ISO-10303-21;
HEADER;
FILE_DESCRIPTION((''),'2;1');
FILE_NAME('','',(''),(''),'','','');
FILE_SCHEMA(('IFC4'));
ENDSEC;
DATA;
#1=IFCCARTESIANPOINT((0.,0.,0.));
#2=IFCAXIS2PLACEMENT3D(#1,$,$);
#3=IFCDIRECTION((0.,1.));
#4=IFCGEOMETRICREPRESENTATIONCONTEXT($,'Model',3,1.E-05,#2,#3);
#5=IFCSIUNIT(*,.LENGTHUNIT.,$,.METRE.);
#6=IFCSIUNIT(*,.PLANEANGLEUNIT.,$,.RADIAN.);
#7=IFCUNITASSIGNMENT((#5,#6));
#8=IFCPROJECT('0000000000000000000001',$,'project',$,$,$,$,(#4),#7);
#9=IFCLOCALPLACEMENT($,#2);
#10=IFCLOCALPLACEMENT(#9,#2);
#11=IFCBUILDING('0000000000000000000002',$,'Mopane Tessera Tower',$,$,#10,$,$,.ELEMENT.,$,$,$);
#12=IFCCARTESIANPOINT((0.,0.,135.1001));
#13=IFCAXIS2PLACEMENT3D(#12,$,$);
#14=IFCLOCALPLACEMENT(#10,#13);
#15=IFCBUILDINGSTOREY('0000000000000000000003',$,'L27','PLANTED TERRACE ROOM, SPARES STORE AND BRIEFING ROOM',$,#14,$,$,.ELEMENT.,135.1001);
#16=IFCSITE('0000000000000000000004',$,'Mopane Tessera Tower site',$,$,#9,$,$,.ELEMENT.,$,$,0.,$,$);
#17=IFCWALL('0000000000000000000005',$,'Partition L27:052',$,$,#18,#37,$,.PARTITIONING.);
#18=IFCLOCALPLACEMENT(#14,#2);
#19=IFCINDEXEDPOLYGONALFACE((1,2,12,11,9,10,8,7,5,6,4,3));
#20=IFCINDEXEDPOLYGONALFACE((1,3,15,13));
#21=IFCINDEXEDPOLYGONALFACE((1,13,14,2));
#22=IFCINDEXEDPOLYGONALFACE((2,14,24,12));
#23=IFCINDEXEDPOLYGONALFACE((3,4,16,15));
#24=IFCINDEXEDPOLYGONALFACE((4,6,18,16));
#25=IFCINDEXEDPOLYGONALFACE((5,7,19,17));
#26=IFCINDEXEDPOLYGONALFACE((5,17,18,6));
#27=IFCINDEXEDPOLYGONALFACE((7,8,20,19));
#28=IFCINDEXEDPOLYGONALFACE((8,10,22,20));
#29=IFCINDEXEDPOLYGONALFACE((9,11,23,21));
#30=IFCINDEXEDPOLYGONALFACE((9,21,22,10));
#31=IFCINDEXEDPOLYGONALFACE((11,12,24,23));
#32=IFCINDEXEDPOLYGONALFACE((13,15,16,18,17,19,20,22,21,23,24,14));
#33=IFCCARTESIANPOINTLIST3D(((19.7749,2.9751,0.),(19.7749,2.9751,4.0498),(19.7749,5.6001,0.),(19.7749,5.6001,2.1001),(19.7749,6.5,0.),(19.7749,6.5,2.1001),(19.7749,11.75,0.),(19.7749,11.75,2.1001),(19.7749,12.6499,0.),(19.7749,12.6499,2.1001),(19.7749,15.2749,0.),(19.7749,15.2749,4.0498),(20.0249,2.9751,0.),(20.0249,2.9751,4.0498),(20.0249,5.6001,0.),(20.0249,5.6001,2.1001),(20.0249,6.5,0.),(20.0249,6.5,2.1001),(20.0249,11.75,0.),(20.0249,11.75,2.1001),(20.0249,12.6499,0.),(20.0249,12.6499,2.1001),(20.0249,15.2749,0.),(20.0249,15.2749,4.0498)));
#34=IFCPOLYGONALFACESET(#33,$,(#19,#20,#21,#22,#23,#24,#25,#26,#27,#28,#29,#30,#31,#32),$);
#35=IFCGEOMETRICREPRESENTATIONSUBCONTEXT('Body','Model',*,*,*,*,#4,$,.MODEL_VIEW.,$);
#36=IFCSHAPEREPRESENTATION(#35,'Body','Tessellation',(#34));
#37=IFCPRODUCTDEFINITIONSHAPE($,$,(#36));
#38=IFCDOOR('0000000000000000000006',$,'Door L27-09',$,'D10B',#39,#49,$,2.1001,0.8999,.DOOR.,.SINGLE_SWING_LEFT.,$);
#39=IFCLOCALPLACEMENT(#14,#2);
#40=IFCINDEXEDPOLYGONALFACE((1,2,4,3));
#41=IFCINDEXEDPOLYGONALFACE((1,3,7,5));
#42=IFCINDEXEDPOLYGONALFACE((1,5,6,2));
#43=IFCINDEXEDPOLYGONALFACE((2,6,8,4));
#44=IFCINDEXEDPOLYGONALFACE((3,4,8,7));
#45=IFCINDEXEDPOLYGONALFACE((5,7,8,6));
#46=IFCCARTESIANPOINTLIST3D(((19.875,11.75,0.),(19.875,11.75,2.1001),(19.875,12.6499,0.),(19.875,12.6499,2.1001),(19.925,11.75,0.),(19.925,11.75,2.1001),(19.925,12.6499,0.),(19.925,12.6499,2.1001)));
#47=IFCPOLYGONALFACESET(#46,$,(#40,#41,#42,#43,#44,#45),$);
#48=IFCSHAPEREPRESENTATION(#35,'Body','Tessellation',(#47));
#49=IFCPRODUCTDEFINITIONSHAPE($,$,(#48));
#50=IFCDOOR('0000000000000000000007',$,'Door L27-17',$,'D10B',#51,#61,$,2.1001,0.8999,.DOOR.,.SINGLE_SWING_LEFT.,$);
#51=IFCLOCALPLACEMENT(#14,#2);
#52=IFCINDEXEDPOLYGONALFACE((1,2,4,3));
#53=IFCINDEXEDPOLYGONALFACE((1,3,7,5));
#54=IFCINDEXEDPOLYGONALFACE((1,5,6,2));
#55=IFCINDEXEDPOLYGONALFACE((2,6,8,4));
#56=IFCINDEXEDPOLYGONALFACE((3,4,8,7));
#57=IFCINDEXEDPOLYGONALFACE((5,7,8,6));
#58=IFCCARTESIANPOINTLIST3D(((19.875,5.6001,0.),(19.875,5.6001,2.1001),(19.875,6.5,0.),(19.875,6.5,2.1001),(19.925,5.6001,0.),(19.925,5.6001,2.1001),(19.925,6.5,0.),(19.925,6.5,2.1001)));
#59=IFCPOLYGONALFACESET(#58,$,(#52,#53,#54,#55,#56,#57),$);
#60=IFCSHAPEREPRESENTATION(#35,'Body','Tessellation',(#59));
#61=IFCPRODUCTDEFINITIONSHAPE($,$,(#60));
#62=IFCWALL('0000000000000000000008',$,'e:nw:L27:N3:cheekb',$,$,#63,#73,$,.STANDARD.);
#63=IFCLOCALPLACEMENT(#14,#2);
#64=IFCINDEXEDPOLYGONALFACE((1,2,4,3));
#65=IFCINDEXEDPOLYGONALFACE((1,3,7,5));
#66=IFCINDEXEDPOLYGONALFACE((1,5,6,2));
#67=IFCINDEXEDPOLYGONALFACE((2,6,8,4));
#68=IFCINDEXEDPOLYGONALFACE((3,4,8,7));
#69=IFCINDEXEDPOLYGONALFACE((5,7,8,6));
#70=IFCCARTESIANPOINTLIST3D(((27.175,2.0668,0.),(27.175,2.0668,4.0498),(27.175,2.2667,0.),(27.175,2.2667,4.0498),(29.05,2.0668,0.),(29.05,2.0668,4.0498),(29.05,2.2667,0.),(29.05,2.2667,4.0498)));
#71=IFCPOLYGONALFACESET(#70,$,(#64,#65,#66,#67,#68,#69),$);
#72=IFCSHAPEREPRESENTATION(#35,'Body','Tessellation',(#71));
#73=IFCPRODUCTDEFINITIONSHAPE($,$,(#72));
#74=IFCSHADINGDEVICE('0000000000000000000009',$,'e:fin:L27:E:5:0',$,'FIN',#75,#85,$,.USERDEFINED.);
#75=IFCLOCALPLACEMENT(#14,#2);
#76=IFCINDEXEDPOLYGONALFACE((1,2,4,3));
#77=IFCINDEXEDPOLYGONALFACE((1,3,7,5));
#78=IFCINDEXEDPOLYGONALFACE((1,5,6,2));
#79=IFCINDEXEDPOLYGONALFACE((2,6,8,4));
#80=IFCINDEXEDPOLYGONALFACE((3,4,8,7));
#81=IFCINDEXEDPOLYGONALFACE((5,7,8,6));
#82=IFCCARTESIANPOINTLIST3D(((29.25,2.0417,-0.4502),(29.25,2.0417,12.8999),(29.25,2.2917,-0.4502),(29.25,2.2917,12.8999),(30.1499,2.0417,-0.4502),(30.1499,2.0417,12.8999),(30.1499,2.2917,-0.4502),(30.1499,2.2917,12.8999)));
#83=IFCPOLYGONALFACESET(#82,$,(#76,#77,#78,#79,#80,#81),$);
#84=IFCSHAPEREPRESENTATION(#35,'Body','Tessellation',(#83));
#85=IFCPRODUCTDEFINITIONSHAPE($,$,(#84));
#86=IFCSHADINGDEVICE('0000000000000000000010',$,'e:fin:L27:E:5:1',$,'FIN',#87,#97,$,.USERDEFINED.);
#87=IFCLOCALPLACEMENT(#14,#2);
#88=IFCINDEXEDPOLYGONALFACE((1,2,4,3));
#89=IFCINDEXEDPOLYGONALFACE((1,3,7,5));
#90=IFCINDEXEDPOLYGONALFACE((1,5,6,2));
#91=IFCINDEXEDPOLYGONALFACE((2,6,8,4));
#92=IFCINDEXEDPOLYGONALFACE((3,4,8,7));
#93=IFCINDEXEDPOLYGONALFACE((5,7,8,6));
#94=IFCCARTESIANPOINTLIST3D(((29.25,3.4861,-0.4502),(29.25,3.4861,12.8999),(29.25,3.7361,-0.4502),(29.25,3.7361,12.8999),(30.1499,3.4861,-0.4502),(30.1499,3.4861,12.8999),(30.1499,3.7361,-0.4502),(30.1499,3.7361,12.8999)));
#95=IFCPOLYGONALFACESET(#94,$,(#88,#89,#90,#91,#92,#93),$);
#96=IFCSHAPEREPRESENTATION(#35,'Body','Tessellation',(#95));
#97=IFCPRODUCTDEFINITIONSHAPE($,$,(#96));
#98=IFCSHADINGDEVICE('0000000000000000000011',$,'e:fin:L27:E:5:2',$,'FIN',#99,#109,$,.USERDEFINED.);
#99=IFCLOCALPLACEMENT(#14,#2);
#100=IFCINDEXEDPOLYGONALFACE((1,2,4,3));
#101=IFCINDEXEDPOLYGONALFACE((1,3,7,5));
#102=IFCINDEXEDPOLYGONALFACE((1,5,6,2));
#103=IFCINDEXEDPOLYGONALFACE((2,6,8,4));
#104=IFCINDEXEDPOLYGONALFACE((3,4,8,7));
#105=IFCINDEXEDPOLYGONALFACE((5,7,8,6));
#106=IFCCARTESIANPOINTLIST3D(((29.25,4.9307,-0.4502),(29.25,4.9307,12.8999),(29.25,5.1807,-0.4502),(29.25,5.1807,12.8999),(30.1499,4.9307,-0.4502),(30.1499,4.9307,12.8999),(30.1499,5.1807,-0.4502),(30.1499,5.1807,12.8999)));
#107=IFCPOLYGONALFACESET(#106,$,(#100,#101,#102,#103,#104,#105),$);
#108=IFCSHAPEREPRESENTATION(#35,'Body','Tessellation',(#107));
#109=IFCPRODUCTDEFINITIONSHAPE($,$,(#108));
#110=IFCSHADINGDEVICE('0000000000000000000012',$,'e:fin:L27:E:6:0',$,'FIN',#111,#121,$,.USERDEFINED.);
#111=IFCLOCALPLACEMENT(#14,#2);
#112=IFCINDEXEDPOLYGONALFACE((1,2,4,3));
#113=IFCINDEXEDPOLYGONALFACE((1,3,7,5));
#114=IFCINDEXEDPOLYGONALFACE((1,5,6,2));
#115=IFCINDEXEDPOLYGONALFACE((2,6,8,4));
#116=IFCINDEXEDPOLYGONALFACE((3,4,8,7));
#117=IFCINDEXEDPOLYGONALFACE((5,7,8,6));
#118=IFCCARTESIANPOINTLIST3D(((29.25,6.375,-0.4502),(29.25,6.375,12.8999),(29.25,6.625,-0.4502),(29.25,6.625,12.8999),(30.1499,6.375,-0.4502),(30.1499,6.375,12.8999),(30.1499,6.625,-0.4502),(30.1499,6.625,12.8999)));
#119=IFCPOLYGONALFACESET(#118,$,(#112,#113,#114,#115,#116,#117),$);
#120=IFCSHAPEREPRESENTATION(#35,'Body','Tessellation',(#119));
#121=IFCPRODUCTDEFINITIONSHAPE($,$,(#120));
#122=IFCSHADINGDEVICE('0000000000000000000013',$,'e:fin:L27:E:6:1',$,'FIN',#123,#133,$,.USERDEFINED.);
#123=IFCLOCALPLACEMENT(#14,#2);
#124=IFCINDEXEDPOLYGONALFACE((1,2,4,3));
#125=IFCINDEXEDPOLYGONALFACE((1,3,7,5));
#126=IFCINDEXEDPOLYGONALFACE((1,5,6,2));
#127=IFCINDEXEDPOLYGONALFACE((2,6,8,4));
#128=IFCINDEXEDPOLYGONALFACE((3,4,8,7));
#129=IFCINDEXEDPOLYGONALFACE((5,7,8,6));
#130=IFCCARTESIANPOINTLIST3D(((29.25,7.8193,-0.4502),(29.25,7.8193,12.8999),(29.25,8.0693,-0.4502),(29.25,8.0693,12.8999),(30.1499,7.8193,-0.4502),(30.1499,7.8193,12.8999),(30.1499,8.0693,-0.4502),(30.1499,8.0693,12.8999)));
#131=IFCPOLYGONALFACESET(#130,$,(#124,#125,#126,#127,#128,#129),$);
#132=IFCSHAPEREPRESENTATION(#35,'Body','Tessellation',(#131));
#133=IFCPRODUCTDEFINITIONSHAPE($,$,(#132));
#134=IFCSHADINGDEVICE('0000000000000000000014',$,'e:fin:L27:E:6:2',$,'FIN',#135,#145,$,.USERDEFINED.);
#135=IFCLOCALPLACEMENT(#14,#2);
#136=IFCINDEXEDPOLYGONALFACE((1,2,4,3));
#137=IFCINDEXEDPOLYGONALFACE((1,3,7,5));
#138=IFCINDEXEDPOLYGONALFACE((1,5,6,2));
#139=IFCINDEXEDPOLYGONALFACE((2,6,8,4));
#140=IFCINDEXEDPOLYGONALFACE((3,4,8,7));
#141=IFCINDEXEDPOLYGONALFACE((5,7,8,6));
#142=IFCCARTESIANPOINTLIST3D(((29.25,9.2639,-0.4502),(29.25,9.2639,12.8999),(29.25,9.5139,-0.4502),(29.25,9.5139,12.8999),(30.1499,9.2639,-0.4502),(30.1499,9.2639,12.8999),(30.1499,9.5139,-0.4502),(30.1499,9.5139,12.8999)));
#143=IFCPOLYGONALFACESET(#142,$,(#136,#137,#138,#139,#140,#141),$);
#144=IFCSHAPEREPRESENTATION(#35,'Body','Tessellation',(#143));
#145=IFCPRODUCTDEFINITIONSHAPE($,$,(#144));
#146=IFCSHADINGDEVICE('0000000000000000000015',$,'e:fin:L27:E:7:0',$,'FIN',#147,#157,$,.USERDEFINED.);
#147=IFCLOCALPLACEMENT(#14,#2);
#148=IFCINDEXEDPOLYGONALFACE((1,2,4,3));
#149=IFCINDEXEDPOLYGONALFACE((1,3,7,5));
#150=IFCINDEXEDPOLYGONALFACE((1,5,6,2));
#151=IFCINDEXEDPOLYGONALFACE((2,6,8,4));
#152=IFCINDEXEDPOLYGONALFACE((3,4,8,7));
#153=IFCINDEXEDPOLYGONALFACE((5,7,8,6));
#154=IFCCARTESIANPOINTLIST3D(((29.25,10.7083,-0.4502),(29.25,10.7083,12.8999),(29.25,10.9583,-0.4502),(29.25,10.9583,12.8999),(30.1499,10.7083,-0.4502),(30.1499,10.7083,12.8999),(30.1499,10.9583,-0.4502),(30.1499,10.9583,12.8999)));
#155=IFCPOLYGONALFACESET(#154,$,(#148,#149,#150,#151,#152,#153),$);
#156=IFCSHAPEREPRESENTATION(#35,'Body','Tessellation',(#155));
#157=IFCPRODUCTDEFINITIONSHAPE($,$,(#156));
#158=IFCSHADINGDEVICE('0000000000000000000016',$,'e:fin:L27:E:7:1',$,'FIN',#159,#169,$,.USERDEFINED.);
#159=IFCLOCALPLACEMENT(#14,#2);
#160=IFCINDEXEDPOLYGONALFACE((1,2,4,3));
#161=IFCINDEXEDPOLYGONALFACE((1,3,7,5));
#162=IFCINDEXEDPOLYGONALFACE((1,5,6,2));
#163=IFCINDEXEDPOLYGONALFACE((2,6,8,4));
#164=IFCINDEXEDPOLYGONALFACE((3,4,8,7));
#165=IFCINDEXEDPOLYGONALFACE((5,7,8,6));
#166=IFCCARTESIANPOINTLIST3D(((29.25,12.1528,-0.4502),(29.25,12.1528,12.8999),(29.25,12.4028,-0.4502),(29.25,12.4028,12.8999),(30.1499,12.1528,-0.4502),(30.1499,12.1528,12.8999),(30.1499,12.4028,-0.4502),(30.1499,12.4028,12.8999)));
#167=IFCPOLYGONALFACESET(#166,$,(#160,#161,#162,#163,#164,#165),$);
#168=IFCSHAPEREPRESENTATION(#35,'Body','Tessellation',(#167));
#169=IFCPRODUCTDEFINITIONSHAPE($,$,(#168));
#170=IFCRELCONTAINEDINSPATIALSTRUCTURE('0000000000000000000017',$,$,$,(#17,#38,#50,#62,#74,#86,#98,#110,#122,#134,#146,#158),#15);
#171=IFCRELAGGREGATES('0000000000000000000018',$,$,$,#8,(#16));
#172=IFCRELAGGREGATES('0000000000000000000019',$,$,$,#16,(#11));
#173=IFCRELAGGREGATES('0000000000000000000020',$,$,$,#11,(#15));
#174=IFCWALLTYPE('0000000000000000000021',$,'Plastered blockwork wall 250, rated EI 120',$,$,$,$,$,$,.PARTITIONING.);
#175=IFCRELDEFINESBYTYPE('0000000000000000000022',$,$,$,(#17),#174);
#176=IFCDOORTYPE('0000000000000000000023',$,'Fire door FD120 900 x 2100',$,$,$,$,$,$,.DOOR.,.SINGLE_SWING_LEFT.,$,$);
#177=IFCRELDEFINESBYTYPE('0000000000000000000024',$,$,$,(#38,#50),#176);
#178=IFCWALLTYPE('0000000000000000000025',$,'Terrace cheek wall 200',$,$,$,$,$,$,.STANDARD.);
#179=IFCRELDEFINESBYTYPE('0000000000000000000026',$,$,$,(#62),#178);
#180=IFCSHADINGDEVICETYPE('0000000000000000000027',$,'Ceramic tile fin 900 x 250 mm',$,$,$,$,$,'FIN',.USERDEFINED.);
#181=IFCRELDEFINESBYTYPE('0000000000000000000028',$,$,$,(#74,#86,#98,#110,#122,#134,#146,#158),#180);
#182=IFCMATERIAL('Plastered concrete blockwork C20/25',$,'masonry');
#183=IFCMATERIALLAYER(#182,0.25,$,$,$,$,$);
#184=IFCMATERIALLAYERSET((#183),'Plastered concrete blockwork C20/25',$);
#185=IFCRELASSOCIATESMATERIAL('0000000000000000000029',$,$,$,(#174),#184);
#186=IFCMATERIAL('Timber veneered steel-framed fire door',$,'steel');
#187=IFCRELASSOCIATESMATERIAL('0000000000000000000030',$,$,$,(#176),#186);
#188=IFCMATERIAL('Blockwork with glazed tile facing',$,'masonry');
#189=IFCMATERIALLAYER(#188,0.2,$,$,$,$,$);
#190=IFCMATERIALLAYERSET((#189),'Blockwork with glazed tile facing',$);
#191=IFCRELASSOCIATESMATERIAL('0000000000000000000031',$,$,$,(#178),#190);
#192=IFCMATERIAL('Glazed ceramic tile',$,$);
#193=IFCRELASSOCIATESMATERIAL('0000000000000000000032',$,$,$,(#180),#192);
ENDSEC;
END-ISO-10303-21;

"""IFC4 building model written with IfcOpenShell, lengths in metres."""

from ifc_helpers import new_model, si_unit, direction, frame, frame_2d, origin, origin_2d, place, context, subcontext, project, spatial, rectangle, extrude, material, layer, layer_set, type_object, element, fill, save


model = new_model("IFC4")

# Units and contexts
model_context = context("Model", 3, precision=1e-05, world=origin(), true_north=direction((0.0, 1.0)))
body_context = subcontext(model_context, "Body", "Model", "MODEL_VIEW")
ifc_project = project(units=[si_unit("LENGTHUNIT", "METRE"), si_unit("PLANEANGLEUNIT", "RADIAN")], contexts=[model_context])

# Site, building, storey
site_placement = place(None, origin())
site = spatial("IfcSite", under=ifc_project, at=site_placement, Name="Mopane Tessera Tower site", CompositionType="ELEMENT", RefElevation=0.0)
building_placement = place(site_placement, origin())
building = spatial("IfcBuilding", under=site, at=building_placement, Name="Mopane Tessera Tower", CompositionType="ELEMENT")
storey_placement = place(building_placement, frame((0.0, 0.0, 135.1001)))
storey = spatial("IfcBuildingStorey", under=building, at=storey_placement, Name="L27", Description="PLANTED TERRACE ROOM, SPARES STORE AND BRIEFING ROOM", CompositionType="ELEMENT", Elevation=135.1001)

# Wall, openings, doors
ifc_material_1 = material(Name="Plastered concrete blockwork C20/25", Category="masonry")
ifc_layer_1 = layer(ifc_material_1, 0.25)
ifc_layer_set_1 = layer_set([ifc_layer_1], Name="Plastered concrete blockwork C20/25")
wall_type_1 = type_object("IfcWallType", Name="Plastered blockwork wall 250, rated EI 120", PredefinedType="PARTITIONING", material=ifc_layer_set_1)
wall_1_placement = place(storey_placement, frame((19.8999, 2.9751, 0.0), z_axis=(0.0, 0.0, 1.0), x_axis=(0.0, 1.0, 0.0)))
wall_1 = element("IfcWall", 1, at=wall_1_placement, inside=storey, type_object=wall_type_1, Name="Partition L27:052", PredefinedType="PARTITIONING", context=body_context, shape_type="SweptSolid", body=[
    extrude(rectangle(XDim=12.2998, YDim=0.25, at=frame_2d((6.1499, 0.0))), origin(), (0.0, 0.0, 1.0), 4.0498),
])
opening_1_placement = place(wall_1_placement, frame((8.7749, 0.0, 0.0)))
opening_1 = element("IfcOpeningElement", 2, at=opening_1_placement, cuts=wall_1, PredefinedType="OPENING", context=body_context, shape_type="SweptSolid", body=[
    extrude(rectangle(XDim=0.8999, YDim=2.1001, at=frame_2d((0.45, 1.05))), frame((0.0, 0.137, 0.0), z_axis=(0.0, -1.0, 0.0), x_axis=(1.0, 0.0, 0.0)), (0.0, 0.0, 1.0), 0.2739),
])
opening_2_placement = place(wall_1_placement, frame((2.625, 0.0, 0.0)))
opening_2 = element("IfcOpeningElement", 3, at=opening_2_placement, cuts=wall_1, PredefinedType="OPENING", context=body_context, shape_type="SweptSolid", body=[
    extrude(rectangle(XDim=0.8999, YDim=2.1001, at=frame_2d((0.45, 1.05))), frame((0.0, 0.137, 0.0), z_axis=(0.0, -1.0, 0.0), x_axis=(1.0, 0.0, 0.0)), (0.0, 0.0, 1.0), 0.2739),
])
ifc_material_2 = material(Name="Timber veneered steel-framed fire door", Category="steel")
door_type = type_object("IfcDoorType", Name="Fire door FD120 900 x 2100", OperationType="SINGLE_SWING_LEFT", PredefinedType="DOOR", material=ifc_material_2)
door_1_placement = place(opening_1_placement, origin())
door_1 = element("IfcDoor", 4, at=door_1_placement, inside=storey, type_object=door_type, Name="Door L27-09", ObjectType="D10B", OperationType="SINGLE_SWING_LEFT", OverallHeight=2.1001, OverallWidth=0.8999, PredefinedType="DOOR", context=body_context, shape_type="SweptSolid", body=[
    extrude(rectangle(XDim=0.8999, YDim=2.1001, at=frame_2d((0.45, 1.05))), frame((0.0, 0.0249, 0.0), z_axis=(0.0, -1.0, 0.0), x_axis=(1.0, 0.0, 0.0)), (0.0, 0.0, 1.0), 0.05),
])
fill(opening_1, door_1)
door_2_placement = place(opening_2_placement, origin())
door_2 = element("IfcDoor", 5, at=door_2_placement, inside=storey, type_object=door_type, Name="Door L27-17", ObjectType="D10B", OperationType="SINGLE_SWING_LEFT", OverallHeight=2.1001, OverallWidth=0.8999, PredefinedType="DOOR", context=body_context, shape_type="SweptSolid", body=[
    extrude(rectangle(XDim=0.8999, YDim=2.1001, at=frame_2d((0.45, 1.05))), frame((0.0, 0.0249, 0.0), z_axis=(0.0, -1.0, 0.0), x_axis=(1.0, 0.0, 0.0)), (0.0, 0.0, 1.0), 0.05),
])
fill(opening_2, door_2)

# Wall
ifc_material_3 = material(Name="Blockwork with glazed tile facing", Category="masonry")
ifc_layer_2 = layer(ifc_material_3, 0.2)
ifc_layer_set_2 = layer_set([ifc_layer_2], Name="Blockwork with glazed tile facing")
wall_type_2 = type_object("IfcWallType", Name="Terrace cheek wall 200", PredefinedType="STANDARD", material=ifc_layer_set_2)
wall_2_placement = place(storey_placement, frame((29.05, 2.1667, 0.0), z_axis=(0.0, 0.0, 1.0), x_axis=(-1.0, 0.0, 0.0)))
element("IfcWall", 6, at=wall_2_placement, inside=storey, type_object=wall_type_2, Name="e:nw:L27:N3:cheekb", PredefinedType="STANDARD", context=body_context, shape_type="SweptSolid", body=[
    extrude(rectangle(XDim=1.875, YDim=0.2, at=frame_2d((0.9375, 0.0))), origin(), (0.0, 0.0, 1.0), 4.0498),
])

# Shading devices
ifc_material_4 = material(Name="Glazed ceramic tile")
shading_device_type = type_object("IfcShadingDeviceType", Name="Ceramic tile fin 900 x 250 mm", ElementType="FIN", PredefinedType="USERDEFINED", material=ifc_material_4)
for number, where, z_axis, x_axis, name in (
    (7, (29.7, 2.1667, -0.4502), (0.0, 0.0, 1.0), (0.0, 1.0, 0.0), "e:fin:L27:E:5:0"),
    (8, (29.7, 3.6111, -0.4502), (0.0, 0.0, 1.0), (0.0, 1.0, 0.0), "e:fin:L27:E:5:1"),
    (9, (29.7, 5.0557, -0.4502), (0.0, 0.0, 1.0), (0.0, 1.0, 0.0), "e:fin:L27:E:5:2"),
    (10, (29.7, 6.5, -0.4502), (0.0, 0.0, 1.0), (0.0, 1.0, 0.0), "e:fin:L27:E:6:0"),
    (11, (29.7, 7.9443, -0.4502), (0.0, 0.0, 1.0), (0.0, 1.0, 0.0), "e:fin:L27:E:6:1"),
    (12, (29.7, 9.3889, -0.4502), (0.0, 0.0, 1.0), (0.0, 1.0, 0.0), "e:fin:L27:E:6:2"),
    (13, (29.7, 10.8333, -0.4502), (0.0, 0.0, 1.0), (0.0, 1.0, 0.0), "e:fin:L27:E:7:0"),
    (14, (29.7, 12.2778, -0.4502), (0.0, 0.0, 1.0), (0.0, 1.0, 0.0), "e:fin:L27:E:7:1"),
):
    element("IfcShadingDevice", number, at=place(storey_placement, frame(where, z_axis=z_axis, x_axis=x_axis)), inside=storey, type_object=shading_device_type, Name=name, ObjectType="FIN", PredefinedType="USERDEFINED", context=body_context, shape_type="SweptSolid", body=[
        extrude(rectangle(XDim=0.25, YDim=0.8999, at=origin_2d()), origin(), (0.0, 0.0, 1.0), 13.3501),
    ])

save(model, "model.ifc")
